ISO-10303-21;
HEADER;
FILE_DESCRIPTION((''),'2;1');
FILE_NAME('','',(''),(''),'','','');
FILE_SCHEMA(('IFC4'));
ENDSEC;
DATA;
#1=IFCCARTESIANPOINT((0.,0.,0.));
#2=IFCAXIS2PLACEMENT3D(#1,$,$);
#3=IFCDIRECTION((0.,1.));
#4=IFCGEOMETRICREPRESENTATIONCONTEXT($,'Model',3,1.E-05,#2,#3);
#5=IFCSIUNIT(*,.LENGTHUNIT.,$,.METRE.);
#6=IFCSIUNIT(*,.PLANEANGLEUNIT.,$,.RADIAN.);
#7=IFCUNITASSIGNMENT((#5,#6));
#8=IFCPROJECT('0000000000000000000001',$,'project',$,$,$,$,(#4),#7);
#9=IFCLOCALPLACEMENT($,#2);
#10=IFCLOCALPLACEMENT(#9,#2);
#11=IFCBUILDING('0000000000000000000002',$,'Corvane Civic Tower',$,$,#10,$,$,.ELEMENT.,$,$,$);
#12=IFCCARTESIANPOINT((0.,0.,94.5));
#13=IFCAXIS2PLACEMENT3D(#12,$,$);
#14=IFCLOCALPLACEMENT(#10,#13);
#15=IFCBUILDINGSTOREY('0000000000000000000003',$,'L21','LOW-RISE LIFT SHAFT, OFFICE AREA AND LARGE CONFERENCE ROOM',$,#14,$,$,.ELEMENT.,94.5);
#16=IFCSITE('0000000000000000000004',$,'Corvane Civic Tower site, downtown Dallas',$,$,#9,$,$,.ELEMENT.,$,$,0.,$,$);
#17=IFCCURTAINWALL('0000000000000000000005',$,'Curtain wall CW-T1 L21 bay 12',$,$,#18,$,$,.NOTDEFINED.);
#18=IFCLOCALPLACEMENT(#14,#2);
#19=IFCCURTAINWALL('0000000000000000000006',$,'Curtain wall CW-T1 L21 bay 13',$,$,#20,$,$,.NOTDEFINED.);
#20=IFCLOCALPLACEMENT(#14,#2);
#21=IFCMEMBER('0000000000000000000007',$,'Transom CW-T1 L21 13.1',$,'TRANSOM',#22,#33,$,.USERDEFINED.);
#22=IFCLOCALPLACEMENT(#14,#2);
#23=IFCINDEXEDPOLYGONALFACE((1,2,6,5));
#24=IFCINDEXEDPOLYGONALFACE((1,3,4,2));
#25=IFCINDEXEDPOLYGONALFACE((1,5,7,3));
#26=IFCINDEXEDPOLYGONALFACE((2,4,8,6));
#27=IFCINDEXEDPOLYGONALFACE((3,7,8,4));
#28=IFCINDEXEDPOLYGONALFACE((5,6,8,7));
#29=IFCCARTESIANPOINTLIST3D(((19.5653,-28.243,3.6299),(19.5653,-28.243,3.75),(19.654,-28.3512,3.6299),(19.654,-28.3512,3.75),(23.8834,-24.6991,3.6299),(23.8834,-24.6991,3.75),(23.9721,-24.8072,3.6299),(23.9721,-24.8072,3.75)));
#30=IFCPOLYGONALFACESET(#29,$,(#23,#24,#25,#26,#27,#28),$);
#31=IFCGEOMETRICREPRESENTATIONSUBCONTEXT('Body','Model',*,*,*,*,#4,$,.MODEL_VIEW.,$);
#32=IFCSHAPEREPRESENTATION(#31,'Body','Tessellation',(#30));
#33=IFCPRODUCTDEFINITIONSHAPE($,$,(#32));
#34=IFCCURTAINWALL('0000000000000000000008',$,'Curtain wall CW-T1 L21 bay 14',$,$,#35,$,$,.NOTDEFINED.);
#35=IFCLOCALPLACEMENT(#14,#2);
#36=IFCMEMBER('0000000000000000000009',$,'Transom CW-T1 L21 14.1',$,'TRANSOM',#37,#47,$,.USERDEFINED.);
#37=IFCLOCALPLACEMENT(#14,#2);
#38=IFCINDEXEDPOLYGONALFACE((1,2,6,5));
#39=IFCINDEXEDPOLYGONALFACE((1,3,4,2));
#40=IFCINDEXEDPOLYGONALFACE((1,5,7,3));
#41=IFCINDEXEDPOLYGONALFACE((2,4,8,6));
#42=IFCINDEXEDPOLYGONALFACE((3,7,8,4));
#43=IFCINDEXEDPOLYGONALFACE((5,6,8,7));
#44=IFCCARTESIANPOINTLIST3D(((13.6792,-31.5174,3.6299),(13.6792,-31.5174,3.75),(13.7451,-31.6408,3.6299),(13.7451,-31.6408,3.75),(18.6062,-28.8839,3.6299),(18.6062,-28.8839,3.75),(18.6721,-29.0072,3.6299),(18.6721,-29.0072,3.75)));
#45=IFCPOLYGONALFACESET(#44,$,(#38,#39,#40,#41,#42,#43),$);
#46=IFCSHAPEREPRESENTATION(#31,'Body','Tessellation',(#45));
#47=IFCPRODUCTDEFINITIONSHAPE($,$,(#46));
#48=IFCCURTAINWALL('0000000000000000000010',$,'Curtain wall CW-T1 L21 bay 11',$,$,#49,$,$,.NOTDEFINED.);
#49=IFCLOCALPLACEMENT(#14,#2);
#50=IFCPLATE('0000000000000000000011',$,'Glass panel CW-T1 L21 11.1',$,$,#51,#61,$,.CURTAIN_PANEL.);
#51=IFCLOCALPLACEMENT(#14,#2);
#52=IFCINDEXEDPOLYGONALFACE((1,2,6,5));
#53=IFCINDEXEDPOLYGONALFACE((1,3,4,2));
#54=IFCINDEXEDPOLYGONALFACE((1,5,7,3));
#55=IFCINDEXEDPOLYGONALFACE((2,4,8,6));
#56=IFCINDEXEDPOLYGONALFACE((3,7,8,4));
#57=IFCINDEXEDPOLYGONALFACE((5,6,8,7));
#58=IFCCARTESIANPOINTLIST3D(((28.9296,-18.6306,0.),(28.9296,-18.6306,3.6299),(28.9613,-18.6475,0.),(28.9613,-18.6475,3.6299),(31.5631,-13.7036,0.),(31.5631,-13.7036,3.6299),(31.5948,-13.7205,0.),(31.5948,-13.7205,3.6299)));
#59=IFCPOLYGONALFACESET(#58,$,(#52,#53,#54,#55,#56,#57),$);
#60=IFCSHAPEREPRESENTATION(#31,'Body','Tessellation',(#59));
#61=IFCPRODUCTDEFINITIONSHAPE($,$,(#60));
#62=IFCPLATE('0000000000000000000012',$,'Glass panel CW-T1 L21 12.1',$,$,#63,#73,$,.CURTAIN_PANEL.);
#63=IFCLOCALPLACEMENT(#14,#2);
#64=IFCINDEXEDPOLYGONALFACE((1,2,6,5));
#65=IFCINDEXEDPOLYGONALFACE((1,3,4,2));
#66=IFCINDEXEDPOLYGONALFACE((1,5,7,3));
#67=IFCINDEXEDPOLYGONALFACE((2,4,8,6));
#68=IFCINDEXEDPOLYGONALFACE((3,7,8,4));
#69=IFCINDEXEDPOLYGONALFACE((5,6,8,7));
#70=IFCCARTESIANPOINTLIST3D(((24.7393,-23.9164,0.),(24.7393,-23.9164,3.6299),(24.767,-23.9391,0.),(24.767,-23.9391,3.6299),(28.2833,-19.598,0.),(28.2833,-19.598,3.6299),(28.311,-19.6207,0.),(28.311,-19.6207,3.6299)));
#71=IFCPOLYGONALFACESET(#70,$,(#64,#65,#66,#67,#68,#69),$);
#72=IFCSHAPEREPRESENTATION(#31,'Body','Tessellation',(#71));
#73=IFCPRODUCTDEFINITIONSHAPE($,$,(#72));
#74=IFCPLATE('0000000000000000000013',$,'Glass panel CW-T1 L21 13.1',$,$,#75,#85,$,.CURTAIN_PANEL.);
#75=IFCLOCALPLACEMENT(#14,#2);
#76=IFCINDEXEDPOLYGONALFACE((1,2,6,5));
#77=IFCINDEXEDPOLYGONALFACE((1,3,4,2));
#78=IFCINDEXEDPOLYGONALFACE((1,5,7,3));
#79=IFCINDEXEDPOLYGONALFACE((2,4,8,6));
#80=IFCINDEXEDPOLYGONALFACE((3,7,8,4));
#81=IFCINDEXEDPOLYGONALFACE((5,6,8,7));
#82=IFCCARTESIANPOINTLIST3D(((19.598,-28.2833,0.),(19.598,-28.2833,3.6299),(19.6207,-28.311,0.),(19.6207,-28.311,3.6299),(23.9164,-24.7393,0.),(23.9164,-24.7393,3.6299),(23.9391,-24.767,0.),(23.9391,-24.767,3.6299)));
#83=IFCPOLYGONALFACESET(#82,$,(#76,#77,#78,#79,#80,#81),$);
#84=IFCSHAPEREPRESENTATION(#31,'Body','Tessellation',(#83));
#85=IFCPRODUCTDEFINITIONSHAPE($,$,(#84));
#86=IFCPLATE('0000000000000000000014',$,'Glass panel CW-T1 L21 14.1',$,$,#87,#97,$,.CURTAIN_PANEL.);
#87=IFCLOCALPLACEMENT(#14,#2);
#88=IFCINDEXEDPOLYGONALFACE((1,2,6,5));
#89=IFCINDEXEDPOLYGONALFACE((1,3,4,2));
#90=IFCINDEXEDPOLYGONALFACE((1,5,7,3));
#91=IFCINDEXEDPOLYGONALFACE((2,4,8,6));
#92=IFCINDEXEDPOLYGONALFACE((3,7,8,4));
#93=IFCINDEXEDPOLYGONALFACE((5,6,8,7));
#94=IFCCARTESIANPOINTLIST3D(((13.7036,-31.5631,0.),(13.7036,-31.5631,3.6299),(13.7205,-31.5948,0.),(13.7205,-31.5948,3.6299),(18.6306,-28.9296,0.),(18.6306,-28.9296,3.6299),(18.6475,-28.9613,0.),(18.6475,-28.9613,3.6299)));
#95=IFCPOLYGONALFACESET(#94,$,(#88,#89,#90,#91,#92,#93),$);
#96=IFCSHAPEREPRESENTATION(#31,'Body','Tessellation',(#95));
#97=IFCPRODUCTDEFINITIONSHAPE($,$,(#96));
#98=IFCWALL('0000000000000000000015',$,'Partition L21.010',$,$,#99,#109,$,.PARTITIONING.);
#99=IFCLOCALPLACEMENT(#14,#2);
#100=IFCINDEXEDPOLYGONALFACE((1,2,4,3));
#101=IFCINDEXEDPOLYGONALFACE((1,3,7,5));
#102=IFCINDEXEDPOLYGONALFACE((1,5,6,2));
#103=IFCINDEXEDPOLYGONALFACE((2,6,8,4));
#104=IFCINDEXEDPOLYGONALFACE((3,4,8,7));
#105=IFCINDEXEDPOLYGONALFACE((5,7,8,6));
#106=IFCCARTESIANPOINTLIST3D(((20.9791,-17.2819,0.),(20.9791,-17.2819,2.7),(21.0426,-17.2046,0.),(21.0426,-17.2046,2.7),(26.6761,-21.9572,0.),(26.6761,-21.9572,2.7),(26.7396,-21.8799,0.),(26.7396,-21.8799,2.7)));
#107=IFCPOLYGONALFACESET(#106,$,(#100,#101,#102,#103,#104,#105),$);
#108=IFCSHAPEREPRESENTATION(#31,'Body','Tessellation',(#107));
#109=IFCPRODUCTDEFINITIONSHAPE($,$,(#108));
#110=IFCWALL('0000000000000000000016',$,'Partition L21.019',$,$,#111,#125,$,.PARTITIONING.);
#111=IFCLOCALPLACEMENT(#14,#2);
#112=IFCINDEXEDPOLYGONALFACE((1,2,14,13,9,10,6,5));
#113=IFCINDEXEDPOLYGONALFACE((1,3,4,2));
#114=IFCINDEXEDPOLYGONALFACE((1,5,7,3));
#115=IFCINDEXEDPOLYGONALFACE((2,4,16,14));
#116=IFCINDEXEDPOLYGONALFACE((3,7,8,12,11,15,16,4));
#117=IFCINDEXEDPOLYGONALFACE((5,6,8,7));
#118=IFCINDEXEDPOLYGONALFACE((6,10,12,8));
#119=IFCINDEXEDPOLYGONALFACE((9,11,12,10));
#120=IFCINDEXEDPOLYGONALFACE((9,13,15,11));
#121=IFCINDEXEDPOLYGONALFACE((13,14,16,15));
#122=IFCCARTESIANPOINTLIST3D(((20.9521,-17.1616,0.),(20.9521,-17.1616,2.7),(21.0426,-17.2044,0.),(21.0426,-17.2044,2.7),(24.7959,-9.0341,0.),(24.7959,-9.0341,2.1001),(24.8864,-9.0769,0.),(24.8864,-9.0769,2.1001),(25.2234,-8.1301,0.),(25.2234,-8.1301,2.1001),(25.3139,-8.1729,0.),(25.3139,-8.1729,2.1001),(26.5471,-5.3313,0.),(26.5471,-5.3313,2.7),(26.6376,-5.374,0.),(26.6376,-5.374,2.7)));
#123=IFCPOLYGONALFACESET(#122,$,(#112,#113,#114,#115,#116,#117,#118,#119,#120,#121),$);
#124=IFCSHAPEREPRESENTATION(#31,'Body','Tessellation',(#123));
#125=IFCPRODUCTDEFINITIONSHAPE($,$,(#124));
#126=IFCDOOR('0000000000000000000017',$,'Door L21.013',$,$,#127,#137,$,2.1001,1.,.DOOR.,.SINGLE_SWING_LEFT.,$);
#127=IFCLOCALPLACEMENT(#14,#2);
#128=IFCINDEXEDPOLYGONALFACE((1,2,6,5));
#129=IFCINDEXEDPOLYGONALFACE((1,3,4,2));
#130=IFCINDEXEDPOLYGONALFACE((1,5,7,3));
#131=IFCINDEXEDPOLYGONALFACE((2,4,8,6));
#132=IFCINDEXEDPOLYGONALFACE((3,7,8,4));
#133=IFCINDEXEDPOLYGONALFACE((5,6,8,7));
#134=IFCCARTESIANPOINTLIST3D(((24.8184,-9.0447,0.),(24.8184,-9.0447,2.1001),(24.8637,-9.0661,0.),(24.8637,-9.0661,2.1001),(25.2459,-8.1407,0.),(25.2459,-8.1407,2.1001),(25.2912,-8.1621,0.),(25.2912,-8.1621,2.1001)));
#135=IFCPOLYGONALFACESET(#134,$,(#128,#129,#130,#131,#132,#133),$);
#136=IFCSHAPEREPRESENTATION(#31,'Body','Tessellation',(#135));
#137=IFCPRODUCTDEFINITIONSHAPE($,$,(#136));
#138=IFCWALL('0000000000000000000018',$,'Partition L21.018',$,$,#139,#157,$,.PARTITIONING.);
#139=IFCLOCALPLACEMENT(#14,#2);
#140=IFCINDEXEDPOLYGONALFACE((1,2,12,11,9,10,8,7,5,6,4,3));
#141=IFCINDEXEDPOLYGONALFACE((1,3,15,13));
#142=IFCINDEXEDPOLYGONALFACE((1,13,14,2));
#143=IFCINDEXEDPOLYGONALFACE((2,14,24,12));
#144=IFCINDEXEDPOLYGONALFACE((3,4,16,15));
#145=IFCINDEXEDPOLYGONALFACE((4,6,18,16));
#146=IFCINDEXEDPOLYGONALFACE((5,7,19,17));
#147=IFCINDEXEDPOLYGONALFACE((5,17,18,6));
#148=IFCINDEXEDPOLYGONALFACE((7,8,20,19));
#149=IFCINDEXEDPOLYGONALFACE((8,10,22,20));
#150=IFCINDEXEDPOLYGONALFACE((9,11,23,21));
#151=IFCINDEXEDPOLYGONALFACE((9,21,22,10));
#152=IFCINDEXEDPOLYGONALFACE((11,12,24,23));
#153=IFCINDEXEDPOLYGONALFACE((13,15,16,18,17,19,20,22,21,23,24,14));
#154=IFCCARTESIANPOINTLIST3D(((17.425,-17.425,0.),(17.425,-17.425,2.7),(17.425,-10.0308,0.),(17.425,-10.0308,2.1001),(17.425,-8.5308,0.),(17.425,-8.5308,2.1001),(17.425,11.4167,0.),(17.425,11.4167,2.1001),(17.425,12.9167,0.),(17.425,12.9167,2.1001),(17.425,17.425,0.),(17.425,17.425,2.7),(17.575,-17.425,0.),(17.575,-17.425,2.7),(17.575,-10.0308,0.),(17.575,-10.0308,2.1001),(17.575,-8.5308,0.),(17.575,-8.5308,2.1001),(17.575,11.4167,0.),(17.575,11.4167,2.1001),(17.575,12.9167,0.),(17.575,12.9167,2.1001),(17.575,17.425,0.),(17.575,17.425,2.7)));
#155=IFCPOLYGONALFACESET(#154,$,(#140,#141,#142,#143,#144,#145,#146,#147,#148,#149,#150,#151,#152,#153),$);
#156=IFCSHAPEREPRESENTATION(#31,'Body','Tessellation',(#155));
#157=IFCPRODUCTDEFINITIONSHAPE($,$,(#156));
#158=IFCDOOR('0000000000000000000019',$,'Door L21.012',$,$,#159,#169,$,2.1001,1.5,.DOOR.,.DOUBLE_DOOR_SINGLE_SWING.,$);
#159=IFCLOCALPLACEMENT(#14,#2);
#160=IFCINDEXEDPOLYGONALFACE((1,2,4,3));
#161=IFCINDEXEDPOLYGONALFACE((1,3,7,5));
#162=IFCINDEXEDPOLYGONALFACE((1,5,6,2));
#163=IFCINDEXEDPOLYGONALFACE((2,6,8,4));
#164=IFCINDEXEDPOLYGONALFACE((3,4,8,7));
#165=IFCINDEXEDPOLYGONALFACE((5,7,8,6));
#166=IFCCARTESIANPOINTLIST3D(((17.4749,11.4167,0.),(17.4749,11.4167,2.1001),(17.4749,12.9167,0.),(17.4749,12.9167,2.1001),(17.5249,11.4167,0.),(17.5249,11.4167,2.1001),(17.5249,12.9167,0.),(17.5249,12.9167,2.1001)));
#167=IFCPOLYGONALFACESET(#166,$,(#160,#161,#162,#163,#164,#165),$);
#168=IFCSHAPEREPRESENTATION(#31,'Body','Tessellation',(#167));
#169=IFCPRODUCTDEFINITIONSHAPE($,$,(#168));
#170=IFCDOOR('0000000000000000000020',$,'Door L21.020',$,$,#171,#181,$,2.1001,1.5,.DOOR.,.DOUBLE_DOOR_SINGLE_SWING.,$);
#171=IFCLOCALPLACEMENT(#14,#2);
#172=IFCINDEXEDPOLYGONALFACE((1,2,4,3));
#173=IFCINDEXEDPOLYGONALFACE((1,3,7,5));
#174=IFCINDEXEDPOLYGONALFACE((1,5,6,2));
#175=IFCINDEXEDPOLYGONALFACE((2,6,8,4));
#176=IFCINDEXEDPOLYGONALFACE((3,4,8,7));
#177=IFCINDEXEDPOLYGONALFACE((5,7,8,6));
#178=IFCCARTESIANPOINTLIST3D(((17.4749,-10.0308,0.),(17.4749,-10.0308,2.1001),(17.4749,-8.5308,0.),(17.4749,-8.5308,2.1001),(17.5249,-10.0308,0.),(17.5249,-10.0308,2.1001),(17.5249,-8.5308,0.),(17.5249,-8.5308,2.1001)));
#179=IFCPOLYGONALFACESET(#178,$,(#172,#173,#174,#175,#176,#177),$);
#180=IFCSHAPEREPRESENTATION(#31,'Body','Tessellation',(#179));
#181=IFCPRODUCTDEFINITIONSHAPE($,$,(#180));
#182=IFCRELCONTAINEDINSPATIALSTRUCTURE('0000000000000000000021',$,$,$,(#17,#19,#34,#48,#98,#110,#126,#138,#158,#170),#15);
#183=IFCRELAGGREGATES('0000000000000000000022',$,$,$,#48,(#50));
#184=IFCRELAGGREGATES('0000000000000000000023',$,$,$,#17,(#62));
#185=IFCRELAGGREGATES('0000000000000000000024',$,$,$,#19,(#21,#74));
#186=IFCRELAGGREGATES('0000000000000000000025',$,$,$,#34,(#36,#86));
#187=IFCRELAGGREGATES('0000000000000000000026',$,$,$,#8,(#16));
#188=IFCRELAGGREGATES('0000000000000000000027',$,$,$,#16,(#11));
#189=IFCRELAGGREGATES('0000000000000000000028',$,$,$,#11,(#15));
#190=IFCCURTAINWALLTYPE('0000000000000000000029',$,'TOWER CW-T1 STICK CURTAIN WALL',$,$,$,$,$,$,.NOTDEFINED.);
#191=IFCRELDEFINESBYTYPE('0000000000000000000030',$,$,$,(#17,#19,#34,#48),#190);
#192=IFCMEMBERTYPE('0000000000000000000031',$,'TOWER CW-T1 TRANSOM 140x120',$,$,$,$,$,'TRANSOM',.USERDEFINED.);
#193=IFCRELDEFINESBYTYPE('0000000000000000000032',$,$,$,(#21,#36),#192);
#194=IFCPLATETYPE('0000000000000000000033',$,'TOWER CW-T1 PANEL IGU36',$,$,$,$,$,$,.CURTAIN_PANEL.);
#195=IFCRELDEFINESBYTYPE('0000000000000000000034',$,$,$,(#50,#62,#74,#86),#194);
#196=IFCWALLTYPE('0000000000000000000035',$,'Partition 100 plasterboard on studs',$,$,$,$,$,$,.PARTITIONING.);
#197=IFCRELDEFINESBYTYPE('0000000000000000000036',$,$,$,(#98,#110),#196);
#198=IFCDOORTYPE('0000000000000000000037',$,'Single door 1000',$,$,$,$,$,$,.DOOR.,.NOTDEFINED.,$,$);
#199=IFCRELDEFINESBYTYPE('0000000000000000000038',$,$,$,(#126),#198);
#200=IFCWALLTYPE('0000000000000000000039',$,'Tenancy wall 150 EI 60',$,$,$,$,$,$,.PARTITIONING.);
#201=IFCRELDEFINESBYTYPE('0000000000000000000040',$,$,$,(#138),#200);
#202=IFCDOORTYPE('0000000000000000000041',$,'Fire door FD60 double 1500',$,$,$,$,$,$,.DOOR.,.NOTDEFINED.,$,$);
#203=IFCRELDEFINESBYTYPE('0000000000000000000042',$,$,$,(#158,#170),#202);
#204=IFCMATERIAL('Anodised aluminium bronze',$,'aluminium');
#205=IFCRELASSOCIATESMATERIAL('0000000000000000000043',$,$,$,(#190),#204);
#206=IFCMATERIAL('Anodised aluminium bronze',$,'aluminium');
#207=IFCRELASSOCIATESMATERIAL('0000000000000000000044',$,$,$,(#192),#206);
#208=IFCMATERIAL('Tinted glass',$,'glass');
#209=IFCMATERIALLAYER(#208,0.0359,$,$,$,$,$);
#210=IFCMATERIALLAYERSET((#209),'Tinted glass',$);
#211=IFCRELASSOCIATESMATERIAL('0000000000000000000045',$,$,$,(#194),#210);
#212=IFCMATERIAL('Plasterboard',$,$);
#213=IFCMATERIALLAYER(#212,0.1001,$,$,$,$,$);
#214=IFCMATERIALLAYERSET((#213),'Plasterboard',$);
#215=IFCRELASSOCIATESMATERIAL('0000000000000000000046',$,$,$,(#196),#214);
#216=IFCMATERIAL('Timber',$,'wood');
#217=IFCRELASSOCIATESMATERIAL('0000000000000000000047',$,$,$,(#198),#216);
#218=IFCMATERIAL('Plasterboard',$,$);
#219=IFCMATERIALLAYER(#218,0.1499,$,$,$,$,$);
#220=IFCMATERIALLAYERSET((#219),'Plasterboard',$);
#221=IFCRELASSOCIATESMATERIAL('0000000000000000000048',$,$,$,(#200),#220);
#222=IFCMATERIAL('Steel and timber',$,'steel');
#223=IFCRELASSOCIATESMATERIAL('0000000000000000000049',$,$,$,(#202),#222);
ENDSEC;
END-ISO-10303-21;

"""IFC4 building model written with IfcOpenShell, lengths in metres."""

from ifc_helpers import new_model, si_unit, direction, frame, frame_2d, origin, origin_2d, place, context, subcontext, project, spatial, rectangle, extrude, material, layer, layer_set, material_profile, profile_set, type_object, element, fill, aggregate, save


model = new_model("IFC4")

# Units and contexts
model_context = context("Model", 3, precision=1e-05, world=origin(), true_north=direction((0.0, 1.0)))
body_context = subcontext(model_context, "Body", "Model", "MODEL_VIEW")
ifc_project = project(units=[si_unit("LENGTHUNIT", "METRE"), si_unit("PLANEANGLEUNIT", "RADIAN")], contexts=[model_context])

# Site, building, storey
site_placement = place(None, origin())
site = spatial("IfcSite", under=ifc_project, at=site_placement, Name="Corvane Civic Tower site, downtown Dallas", CompositionType="ELEMENT", RefElevation=0.0)
building_placement = place(site_placement, origin())
building = spatial("IfcBuilding", under=site, at=building_placement, Name="Corvane Civic Tower", CompositionType="ELEMENT")
storey_placement = place(building_placement, frame((0.0, 0.0, 94.5)))
storey = spatial("IfcBuildingStorey", under=building, at=storey_placement, Name="L21", Description="LOW-RISE LIFT SHAFT, OFFICE AREA AND LARGE CONFERENCE ROOM", CompositionType="ELEMENT", Elevation=94.5)

# Curtain walls, members
ifc_material_1 = material(Name="Anodised aluminium bronze", Category="aluminium")
curtain_wall_type = type_object("IfcCurtainWallType", Name="TOWER CW-T1 STICK CURTAIN WALL", PredefinedType="NOTDEFINED", material=ifc_material_1)
curtain_wall_1_placement = place(storey_placement, origin())
curtain_wall_1 = element("IfcCurtainWall", 1, at=curtain_wall_1_placement, inside=storey, type_object=curtain_wall_type, Name="Curtain wall CW-T1 L21 bay 12", PredefinedType="NOTDEFINED")
ifc_material_2 = material(Name="Anodised aluminium bronze", Category="aluminium")
ifc_material_profile_1 = material_profile(ifc_material_2, rectangle(XDim=0.1399, YDim=0.1201, at=origin_2d()), Name="TOWER CW-T1 TRANSOM 140x120")
ifc_profile_set_1 = profile_set([ifc_material_profile_1], Name="Anodised aluminium bronze")
member_type = type_object("IfcMemberType", Name="TOWER CW-T1 TRANSOM 140x120", ElementType="TRANSOM", PredefinedType="USERDEFINED", material=ifc_profile_set_1)
curtain_wall_2_placement = place(storey_placement, origin())
curtain_wall_2 = element("IfcCurtainWall", 2, at=curtain_wall_2_placement, inside=storey, type_object=curtain_wall_type, Name="Curtain wall CW-T1 L21 bay 13", PredefinedType="NOTDEFINED")
member_1_placement = place(storey_placement, frame((23.9277, -24.7532, 3.6899), z_axis=(-0.772996, -0.63441, 0.0), x_axis=(0.63441, -0.772996, 0.0)))
member_1 = element("IfcMember", 3, at=member_1_placement, type_object=member_type, Name="Transom CW-T1 L21 13.1", ObjectType="TRANSOM", PredefinedType="USERDEFINED", context=body_context, shape_type="SweptSolid", body=[
    extrude(rectangle(XDim=0.1399, YDim=0.1201, at=origin_2d()), origin(), (0.0, 0.0, 1.0), 5.5862),
])
curtain_wall_3_placement = place(storey_placement, origin())
curtain_wall_3 = element("IfcCurtainWall", 4, at=curtain_wall_3_placement, inside=storey, type_object=curtain_wall_type, Name="Curtain wall CW-T1 L21 bay 14", PredefinedType="NOTDEFINED")
member_2_placement = place(storey_placement, frame((18.6392, -28.9456, 3.6899), z_axis=(-0.881921, -0.471398, 0.0), x_axis=(0.471398, -0.881921, 0.0)))
member_2 = element("IfcMember", 5, at=member_2_placement, type_object=member_type, Name="Transom CW-T1 L21 14.1", ObjectType="TRANSOM", PredefinedType="USERDEFINED", context=body_context, shape_type="SweptSolid", body=[
    extrude(rectangle(XDim=0.1399, YDim=0.1201, at=origin_2d()), origin(), (0.0, 0.0, 1.0), 5.5867),
])

# Curtain wall, plate
curtain_wall_4_placement = place(storey_placement, origin())
curtain_wall_4 = element("IfcCurtainWall", 6, at=curtain_wall_4_placement, inside=storey, type_object=curtain_wall_type, Name="Curtain wall CW-T1 L21 bay 11", PredefinedType="NOTDEFINED")
ifc_material_3 = material(Name="Tinted glass", Category="glass")
ifc_layer_1 = layer(ifc_material_3, 0.0359)
ifc_layer_set_1 = layer_set([ifc_layer_1], Name="Tinted glass")
plate_type = type_object("IfcPlateType", Name="TOWER CW-T1 PANEL IGU36", PredefinedType="CURTAIN_PANEL", material=ifc_layer_set_1)
plate_1_placement = place(storey_placement, frame((30.2622, -16.1755, 0.0), z_axis=(0.0, 0.0, 1.0), x_axis=(-0.471392, -0.881924, 0.0)))
plate_1 = element("IfcPlate", 7, at=plate_1_placement, type_object=plate_type, Name="Glass panel CW-T1 L21 11.1", PredefinedType="CURTAIN_PANEL", context=body_context, shape_type="SweptSolid", body=[
    extrude(rectangle(XDim=5.5867, YDim=0.0359, at=origin_2d()), origin(), (0.0, 0.0, 1.0), 3.6299),
])
aggregate(curtain_wall_4, [plate_1])

# Plates
plate_2_placement = place(storey_placement, frame((26.5251, -21.7686, 0.0), z_axis=(0.0, 0.0, 1.0), x_axis=(-0.63439, -0.773013, 0.0)))
plate_2 = element("IfcPlate", 8, at=plate_2_placement, type_object=plate_type, Name="Glass panel CW-T1 L21 12.1", PredefinedType="CURTAIN_PANEL", context=body_context, shape_type="SweptSolid", body=[
    extrude(rectangle(XDim=5.5864, YDim=0.0359, at=origin_2d()), origin(), (0.0, 0.0, 1.0), 3.6299),
])
aggregate(curtain_wall_1, [plate_2])
plate_3_placement = place(storey_placement, frame((21.7686, -26.5251, 0.0), z_axis=(0.0, 0.0, 1.0), x_axis=(-0.773013, -0.63439, 0.0)))
plate_3 = element("IfcPlate", 9, at=plate_3_placement, type_object=plate_type, Name="Glass panel CW-T1 L21 13.1", PredefinedType="CURTAIN_PANEL", context=body_context, shape_type="SweptSolid", body=[
    extrude(rectangle(XDim=5.5864, YDim=0.0359, at=origin_2d()), origin(), (0.0, 0.0, 1.0), 3.6299),
])
aggregate(curtain_wall_2, [member_1, plate_3])
plate_4_placement = place(storey_placement, frame((16.1755, -30.2622, 0.0), z_axis=(0.0, 0.0, 1.0), x_axis=(-0.881924, -0.471392, 0.0)))
plate_4 = element("IfcPlate", 10, at=plate_4_placement, type_object=plate_type, Name="Glass panel CW-T1 L21 14.1", PredefinedType="CURTAIN_PANEL", context=body_context, shape_type="SweptSolid", body=[
    extrude(rectangle(XDim=5.5867, YDim=0.0359, at=origin_2d()), origin(), (0.0, 0.0, 1.0), 3.6299),
])
aggregate(curtain_wall_3, [member_2, plate_4])

# Wall
ifc_material_4 = material(Name="Plasterboard")
ifc_layer_2 = layer(ifc_material_4, 0.1001)
ifc_layer_set_2 = layer_set([ifc_layer_2], Name="Plasterboard")
wall_type_1 = type_object("IfcWallType", Name="Partition 100 plasterboard on studs", PredefinedType="PARTITIONING", material=ifc_layer_set_2)
wall_1_placement = place(storey_placement, frame((21.0107, -17.2432, 0.0), z_axis=(0.0, 0.0, 1.0), x_axis=(0.773019, -0.634383, 0.0)))
element("IfcWall", 11, at=wall_1_placement, inside=storey, type_object=wall_type_1, Name="Partition L21.010", PredefinedType="PARTITIONING", context=body_context, shape_type="SweptSolid", body=[
    extrude(rectangle(XDim=7.3699, YDim=0.1001, at=frame_2d((3.6851, 0.0))), origin(), (0.0, 0.0, 1.0), 2.7),
])

# Wall, opening, door
wall_2_placement = place(storey_placement, frame((20.9973, -17.1831, 0.0), z_axis=(0.0, 0.0, 1.0), x_axis=(0.427533, 0.904, 0.0)))
wall_2 = element("IfcWall", 12, at=wall_2_placement, inside=storey, type_object=wall_type_1, Name="Partition L21.019", PredefinedType="PARTITIONING", context=body_context, shape_type="SweptSolid", body=[
    extrude(rectangle(XDim=13.0867, YDim=0.1001, at=frame_2d((6.5435, 0.0))), origin(), (0.0, 0.0, 1.0), 2.7),
])
opening_1_placement = place(wall_2_placement, frame((8.9907, 0.0, 0.0)))
opening_1 = element("IfcOpeningElement", 13, at=opening_1_placement, cuts=wall_2, PredefinedType="OPENING", context=body_context, shape_type="SweptSolid", body=[
    extrude(rectangle(XDim=1.0, YDim=2.1001, at=frame_2d((0.5, 1.05))), frame((0.0, 0.0601, 0.0), z_axis=(0.0, -1.0, 0.0), x_axis=(1.0, 0.0, 0.0)), (0.0, 0.0, 1.0), 0.1201),
])
ifc_material_5 = material(Name="Timber", Category="wood")
door_type_1 = type_object("IfcDoorType", Name="Single door 1000", OperationType="NOTDEFINED", PredefinedType="DOOR", material=ifc_material_5)
door_1_placement = place(opening_1_placement, frame((1.0, 0.0, 0.0), z_axis=(0.0, 0.0, 1.0), x_axis=(-1.0, 0.0, 0.0)))
door_1 = element("IfcDoor", 14, at=door_1_placement, inside=storey, type_object=door_type_1, Name="Door L21.013", OperationType="SINGLE_SWING_LEFT", OverallHeight=2.1001, OverallWidth=1.0, PredefinedType="DOOR", context=body_context, shape_type="SweptSolid", body=[
    extrude(rectangle(XDim=1.0, YDim=2.1001, at=frame_2d((0.5, 1.05))), frame((0.0, 0.0249, 0.0), z_axis=(0.0, -1.0, 0.0), x_axis=(1.0, 0.0, 0.0)), (0.0, 0.0, 1.0), 0.05),
])
fill(opening_1, door_1)

# Wall, openings, doors
ifc_material_6 = material(Name="Plasterboard")
ifc_layer_3 = layer(ifc_material_6, 0.1499)
ifc_layer_set_3 = layer_set([ifc_layer_3], Name="Plasterboard")
wall_type_2 = type_object("IfcWallType", Name="Tenancy wall 150 EI 60", PredefinedType="PARTITIONING", material=ifc_layer_set_3)
wall_3_placement = place(storey_placement, frame((17.5, -17.425, 0.0), z_axis=(0.0, 0.0, 1.0), x_axis=(0.0, 1.0, 0.0)))
wall_3 = element("IfcWall", 15, at=wall_3_placement, inside=storey, type_object=wall_type_2, Name="Partition L21.018", PredefinedType="PARTITIONING", context=body_context, shape_type="SweptSolid", body=[
    extrude(rectangle(XDim=34.8501, YDim=0.1499, at=frame_2d((17.425, 0.0))), origin(), (0.0, 0.0, 1.0), 2.7),
])
opening_2_placement = place(wall_3_placement, frame((28.8418, 0.0, 0.0)))
opening_2 = element("IfcOpeningElement", 16, at=opening_2_placement, cuts=wall_3, PredefinedType="OPENING", context=body_context, shape_type="SweptSolid", body=[
    extrude(rectangle(XDim=1.5, YDim=2.1001, at=frame_2d((0.75, 1.05))), frame((0.0, 0.085, 0.0), z_axis=(0.0, -1.0, 0.0), x_axis=(1.0, 0.0, 0.0)), (0.0, 0.0, 1.0), 0.1699),
])
opening_3_placement = place(wall_3_placement, frame((7.3943, 0.0, 0.0)))
opening_3 = element("IfcOpeningElement", 17, at=opening_3_placement, cuts=wall_3, PredefinedType="OPENING", context=body_context, shape_type="SweptSolid", body=[
    extrude(rectangle(XDim=1.5, YDim=2.1001, at=frame_2d((0.75, 1.05))), frame((0.0, 0.085, 0.0), z_axis=(0.0, -1.0, 0.0), x_axis=(1.0, 0.0, 0.0)), (0.0, 0.0, 1.0), 0.1699),
])
ifc_material_7 = material(Name="Steel and timber", Category="steel")
door_type_2 = type_object("IfcDoorType", Name="Fire door FD60 double 1500", OperationType="NOTDEFINED", PredefinedType="DOOR", material=ifc_material_7)
door_2_placement = place(opening_2_placement, frame((1.5, 0.0, 0.0), z_axis=(0.0, 0.0, 1.0), x_axis=(-1.0, 0.0, 0.0)))
door_2 = element("IfcDoor", 18, at=door_2_placement, inside=storey, type_object=door_type_2, Name="Door L21.012", OperationType="DOUBLE_DOOR_SINGLE_SWING", OverallHeight=2.1001, OverallWidth=1.5, PredefinedType="DOOR", context=body_context, shape_type="SweptSolid", body=[
    extrude(rectangle(XDim=1.5, YDim=2.1001, at=frame_2d((0.75, 1.05))), frame((0.0, 0.0249, 0.0), z_axis=(0.0, -1.0, 0.0), x_axis=(1.0, 0.0, 0.0)), (0.0, 0.0, 1.0), 0.05),
])
fill(opening_2, door_2)
door_3_placement = place(opening_3_placement, frame((1.5, 0.0, 0.0), z_axis=(0.0, 0.0, 1.0), x_axis=(-1.0, 0.0, 0.0)))
door_3 = element("IfcDoor", 19, at=door_3_placement, inside=storey, type_object=door_type_2, Name="Door L21.020", OperationType="DOUBLE_DOOR_SINGLE_SWING", OverallHeight=2.1001, OverallWidth=1.5, PredefinedType="DOOR", context=body_context, shape_type="SweptSolid", body=[
    extrude(rectangle(XDim=1.5, YDim=2.1001, at=frame_2d((0.75, 1.05))), frame((0.0, 0.0249, 0.0), z_axis=(0.0, -1.0, 0.0), x_axis=(1.0, 0.0, 0.0)), (0.0, 0.0, 1.0), 0.05),
])
fill(opening_3, door_3)

save(model, "model.ifc")
